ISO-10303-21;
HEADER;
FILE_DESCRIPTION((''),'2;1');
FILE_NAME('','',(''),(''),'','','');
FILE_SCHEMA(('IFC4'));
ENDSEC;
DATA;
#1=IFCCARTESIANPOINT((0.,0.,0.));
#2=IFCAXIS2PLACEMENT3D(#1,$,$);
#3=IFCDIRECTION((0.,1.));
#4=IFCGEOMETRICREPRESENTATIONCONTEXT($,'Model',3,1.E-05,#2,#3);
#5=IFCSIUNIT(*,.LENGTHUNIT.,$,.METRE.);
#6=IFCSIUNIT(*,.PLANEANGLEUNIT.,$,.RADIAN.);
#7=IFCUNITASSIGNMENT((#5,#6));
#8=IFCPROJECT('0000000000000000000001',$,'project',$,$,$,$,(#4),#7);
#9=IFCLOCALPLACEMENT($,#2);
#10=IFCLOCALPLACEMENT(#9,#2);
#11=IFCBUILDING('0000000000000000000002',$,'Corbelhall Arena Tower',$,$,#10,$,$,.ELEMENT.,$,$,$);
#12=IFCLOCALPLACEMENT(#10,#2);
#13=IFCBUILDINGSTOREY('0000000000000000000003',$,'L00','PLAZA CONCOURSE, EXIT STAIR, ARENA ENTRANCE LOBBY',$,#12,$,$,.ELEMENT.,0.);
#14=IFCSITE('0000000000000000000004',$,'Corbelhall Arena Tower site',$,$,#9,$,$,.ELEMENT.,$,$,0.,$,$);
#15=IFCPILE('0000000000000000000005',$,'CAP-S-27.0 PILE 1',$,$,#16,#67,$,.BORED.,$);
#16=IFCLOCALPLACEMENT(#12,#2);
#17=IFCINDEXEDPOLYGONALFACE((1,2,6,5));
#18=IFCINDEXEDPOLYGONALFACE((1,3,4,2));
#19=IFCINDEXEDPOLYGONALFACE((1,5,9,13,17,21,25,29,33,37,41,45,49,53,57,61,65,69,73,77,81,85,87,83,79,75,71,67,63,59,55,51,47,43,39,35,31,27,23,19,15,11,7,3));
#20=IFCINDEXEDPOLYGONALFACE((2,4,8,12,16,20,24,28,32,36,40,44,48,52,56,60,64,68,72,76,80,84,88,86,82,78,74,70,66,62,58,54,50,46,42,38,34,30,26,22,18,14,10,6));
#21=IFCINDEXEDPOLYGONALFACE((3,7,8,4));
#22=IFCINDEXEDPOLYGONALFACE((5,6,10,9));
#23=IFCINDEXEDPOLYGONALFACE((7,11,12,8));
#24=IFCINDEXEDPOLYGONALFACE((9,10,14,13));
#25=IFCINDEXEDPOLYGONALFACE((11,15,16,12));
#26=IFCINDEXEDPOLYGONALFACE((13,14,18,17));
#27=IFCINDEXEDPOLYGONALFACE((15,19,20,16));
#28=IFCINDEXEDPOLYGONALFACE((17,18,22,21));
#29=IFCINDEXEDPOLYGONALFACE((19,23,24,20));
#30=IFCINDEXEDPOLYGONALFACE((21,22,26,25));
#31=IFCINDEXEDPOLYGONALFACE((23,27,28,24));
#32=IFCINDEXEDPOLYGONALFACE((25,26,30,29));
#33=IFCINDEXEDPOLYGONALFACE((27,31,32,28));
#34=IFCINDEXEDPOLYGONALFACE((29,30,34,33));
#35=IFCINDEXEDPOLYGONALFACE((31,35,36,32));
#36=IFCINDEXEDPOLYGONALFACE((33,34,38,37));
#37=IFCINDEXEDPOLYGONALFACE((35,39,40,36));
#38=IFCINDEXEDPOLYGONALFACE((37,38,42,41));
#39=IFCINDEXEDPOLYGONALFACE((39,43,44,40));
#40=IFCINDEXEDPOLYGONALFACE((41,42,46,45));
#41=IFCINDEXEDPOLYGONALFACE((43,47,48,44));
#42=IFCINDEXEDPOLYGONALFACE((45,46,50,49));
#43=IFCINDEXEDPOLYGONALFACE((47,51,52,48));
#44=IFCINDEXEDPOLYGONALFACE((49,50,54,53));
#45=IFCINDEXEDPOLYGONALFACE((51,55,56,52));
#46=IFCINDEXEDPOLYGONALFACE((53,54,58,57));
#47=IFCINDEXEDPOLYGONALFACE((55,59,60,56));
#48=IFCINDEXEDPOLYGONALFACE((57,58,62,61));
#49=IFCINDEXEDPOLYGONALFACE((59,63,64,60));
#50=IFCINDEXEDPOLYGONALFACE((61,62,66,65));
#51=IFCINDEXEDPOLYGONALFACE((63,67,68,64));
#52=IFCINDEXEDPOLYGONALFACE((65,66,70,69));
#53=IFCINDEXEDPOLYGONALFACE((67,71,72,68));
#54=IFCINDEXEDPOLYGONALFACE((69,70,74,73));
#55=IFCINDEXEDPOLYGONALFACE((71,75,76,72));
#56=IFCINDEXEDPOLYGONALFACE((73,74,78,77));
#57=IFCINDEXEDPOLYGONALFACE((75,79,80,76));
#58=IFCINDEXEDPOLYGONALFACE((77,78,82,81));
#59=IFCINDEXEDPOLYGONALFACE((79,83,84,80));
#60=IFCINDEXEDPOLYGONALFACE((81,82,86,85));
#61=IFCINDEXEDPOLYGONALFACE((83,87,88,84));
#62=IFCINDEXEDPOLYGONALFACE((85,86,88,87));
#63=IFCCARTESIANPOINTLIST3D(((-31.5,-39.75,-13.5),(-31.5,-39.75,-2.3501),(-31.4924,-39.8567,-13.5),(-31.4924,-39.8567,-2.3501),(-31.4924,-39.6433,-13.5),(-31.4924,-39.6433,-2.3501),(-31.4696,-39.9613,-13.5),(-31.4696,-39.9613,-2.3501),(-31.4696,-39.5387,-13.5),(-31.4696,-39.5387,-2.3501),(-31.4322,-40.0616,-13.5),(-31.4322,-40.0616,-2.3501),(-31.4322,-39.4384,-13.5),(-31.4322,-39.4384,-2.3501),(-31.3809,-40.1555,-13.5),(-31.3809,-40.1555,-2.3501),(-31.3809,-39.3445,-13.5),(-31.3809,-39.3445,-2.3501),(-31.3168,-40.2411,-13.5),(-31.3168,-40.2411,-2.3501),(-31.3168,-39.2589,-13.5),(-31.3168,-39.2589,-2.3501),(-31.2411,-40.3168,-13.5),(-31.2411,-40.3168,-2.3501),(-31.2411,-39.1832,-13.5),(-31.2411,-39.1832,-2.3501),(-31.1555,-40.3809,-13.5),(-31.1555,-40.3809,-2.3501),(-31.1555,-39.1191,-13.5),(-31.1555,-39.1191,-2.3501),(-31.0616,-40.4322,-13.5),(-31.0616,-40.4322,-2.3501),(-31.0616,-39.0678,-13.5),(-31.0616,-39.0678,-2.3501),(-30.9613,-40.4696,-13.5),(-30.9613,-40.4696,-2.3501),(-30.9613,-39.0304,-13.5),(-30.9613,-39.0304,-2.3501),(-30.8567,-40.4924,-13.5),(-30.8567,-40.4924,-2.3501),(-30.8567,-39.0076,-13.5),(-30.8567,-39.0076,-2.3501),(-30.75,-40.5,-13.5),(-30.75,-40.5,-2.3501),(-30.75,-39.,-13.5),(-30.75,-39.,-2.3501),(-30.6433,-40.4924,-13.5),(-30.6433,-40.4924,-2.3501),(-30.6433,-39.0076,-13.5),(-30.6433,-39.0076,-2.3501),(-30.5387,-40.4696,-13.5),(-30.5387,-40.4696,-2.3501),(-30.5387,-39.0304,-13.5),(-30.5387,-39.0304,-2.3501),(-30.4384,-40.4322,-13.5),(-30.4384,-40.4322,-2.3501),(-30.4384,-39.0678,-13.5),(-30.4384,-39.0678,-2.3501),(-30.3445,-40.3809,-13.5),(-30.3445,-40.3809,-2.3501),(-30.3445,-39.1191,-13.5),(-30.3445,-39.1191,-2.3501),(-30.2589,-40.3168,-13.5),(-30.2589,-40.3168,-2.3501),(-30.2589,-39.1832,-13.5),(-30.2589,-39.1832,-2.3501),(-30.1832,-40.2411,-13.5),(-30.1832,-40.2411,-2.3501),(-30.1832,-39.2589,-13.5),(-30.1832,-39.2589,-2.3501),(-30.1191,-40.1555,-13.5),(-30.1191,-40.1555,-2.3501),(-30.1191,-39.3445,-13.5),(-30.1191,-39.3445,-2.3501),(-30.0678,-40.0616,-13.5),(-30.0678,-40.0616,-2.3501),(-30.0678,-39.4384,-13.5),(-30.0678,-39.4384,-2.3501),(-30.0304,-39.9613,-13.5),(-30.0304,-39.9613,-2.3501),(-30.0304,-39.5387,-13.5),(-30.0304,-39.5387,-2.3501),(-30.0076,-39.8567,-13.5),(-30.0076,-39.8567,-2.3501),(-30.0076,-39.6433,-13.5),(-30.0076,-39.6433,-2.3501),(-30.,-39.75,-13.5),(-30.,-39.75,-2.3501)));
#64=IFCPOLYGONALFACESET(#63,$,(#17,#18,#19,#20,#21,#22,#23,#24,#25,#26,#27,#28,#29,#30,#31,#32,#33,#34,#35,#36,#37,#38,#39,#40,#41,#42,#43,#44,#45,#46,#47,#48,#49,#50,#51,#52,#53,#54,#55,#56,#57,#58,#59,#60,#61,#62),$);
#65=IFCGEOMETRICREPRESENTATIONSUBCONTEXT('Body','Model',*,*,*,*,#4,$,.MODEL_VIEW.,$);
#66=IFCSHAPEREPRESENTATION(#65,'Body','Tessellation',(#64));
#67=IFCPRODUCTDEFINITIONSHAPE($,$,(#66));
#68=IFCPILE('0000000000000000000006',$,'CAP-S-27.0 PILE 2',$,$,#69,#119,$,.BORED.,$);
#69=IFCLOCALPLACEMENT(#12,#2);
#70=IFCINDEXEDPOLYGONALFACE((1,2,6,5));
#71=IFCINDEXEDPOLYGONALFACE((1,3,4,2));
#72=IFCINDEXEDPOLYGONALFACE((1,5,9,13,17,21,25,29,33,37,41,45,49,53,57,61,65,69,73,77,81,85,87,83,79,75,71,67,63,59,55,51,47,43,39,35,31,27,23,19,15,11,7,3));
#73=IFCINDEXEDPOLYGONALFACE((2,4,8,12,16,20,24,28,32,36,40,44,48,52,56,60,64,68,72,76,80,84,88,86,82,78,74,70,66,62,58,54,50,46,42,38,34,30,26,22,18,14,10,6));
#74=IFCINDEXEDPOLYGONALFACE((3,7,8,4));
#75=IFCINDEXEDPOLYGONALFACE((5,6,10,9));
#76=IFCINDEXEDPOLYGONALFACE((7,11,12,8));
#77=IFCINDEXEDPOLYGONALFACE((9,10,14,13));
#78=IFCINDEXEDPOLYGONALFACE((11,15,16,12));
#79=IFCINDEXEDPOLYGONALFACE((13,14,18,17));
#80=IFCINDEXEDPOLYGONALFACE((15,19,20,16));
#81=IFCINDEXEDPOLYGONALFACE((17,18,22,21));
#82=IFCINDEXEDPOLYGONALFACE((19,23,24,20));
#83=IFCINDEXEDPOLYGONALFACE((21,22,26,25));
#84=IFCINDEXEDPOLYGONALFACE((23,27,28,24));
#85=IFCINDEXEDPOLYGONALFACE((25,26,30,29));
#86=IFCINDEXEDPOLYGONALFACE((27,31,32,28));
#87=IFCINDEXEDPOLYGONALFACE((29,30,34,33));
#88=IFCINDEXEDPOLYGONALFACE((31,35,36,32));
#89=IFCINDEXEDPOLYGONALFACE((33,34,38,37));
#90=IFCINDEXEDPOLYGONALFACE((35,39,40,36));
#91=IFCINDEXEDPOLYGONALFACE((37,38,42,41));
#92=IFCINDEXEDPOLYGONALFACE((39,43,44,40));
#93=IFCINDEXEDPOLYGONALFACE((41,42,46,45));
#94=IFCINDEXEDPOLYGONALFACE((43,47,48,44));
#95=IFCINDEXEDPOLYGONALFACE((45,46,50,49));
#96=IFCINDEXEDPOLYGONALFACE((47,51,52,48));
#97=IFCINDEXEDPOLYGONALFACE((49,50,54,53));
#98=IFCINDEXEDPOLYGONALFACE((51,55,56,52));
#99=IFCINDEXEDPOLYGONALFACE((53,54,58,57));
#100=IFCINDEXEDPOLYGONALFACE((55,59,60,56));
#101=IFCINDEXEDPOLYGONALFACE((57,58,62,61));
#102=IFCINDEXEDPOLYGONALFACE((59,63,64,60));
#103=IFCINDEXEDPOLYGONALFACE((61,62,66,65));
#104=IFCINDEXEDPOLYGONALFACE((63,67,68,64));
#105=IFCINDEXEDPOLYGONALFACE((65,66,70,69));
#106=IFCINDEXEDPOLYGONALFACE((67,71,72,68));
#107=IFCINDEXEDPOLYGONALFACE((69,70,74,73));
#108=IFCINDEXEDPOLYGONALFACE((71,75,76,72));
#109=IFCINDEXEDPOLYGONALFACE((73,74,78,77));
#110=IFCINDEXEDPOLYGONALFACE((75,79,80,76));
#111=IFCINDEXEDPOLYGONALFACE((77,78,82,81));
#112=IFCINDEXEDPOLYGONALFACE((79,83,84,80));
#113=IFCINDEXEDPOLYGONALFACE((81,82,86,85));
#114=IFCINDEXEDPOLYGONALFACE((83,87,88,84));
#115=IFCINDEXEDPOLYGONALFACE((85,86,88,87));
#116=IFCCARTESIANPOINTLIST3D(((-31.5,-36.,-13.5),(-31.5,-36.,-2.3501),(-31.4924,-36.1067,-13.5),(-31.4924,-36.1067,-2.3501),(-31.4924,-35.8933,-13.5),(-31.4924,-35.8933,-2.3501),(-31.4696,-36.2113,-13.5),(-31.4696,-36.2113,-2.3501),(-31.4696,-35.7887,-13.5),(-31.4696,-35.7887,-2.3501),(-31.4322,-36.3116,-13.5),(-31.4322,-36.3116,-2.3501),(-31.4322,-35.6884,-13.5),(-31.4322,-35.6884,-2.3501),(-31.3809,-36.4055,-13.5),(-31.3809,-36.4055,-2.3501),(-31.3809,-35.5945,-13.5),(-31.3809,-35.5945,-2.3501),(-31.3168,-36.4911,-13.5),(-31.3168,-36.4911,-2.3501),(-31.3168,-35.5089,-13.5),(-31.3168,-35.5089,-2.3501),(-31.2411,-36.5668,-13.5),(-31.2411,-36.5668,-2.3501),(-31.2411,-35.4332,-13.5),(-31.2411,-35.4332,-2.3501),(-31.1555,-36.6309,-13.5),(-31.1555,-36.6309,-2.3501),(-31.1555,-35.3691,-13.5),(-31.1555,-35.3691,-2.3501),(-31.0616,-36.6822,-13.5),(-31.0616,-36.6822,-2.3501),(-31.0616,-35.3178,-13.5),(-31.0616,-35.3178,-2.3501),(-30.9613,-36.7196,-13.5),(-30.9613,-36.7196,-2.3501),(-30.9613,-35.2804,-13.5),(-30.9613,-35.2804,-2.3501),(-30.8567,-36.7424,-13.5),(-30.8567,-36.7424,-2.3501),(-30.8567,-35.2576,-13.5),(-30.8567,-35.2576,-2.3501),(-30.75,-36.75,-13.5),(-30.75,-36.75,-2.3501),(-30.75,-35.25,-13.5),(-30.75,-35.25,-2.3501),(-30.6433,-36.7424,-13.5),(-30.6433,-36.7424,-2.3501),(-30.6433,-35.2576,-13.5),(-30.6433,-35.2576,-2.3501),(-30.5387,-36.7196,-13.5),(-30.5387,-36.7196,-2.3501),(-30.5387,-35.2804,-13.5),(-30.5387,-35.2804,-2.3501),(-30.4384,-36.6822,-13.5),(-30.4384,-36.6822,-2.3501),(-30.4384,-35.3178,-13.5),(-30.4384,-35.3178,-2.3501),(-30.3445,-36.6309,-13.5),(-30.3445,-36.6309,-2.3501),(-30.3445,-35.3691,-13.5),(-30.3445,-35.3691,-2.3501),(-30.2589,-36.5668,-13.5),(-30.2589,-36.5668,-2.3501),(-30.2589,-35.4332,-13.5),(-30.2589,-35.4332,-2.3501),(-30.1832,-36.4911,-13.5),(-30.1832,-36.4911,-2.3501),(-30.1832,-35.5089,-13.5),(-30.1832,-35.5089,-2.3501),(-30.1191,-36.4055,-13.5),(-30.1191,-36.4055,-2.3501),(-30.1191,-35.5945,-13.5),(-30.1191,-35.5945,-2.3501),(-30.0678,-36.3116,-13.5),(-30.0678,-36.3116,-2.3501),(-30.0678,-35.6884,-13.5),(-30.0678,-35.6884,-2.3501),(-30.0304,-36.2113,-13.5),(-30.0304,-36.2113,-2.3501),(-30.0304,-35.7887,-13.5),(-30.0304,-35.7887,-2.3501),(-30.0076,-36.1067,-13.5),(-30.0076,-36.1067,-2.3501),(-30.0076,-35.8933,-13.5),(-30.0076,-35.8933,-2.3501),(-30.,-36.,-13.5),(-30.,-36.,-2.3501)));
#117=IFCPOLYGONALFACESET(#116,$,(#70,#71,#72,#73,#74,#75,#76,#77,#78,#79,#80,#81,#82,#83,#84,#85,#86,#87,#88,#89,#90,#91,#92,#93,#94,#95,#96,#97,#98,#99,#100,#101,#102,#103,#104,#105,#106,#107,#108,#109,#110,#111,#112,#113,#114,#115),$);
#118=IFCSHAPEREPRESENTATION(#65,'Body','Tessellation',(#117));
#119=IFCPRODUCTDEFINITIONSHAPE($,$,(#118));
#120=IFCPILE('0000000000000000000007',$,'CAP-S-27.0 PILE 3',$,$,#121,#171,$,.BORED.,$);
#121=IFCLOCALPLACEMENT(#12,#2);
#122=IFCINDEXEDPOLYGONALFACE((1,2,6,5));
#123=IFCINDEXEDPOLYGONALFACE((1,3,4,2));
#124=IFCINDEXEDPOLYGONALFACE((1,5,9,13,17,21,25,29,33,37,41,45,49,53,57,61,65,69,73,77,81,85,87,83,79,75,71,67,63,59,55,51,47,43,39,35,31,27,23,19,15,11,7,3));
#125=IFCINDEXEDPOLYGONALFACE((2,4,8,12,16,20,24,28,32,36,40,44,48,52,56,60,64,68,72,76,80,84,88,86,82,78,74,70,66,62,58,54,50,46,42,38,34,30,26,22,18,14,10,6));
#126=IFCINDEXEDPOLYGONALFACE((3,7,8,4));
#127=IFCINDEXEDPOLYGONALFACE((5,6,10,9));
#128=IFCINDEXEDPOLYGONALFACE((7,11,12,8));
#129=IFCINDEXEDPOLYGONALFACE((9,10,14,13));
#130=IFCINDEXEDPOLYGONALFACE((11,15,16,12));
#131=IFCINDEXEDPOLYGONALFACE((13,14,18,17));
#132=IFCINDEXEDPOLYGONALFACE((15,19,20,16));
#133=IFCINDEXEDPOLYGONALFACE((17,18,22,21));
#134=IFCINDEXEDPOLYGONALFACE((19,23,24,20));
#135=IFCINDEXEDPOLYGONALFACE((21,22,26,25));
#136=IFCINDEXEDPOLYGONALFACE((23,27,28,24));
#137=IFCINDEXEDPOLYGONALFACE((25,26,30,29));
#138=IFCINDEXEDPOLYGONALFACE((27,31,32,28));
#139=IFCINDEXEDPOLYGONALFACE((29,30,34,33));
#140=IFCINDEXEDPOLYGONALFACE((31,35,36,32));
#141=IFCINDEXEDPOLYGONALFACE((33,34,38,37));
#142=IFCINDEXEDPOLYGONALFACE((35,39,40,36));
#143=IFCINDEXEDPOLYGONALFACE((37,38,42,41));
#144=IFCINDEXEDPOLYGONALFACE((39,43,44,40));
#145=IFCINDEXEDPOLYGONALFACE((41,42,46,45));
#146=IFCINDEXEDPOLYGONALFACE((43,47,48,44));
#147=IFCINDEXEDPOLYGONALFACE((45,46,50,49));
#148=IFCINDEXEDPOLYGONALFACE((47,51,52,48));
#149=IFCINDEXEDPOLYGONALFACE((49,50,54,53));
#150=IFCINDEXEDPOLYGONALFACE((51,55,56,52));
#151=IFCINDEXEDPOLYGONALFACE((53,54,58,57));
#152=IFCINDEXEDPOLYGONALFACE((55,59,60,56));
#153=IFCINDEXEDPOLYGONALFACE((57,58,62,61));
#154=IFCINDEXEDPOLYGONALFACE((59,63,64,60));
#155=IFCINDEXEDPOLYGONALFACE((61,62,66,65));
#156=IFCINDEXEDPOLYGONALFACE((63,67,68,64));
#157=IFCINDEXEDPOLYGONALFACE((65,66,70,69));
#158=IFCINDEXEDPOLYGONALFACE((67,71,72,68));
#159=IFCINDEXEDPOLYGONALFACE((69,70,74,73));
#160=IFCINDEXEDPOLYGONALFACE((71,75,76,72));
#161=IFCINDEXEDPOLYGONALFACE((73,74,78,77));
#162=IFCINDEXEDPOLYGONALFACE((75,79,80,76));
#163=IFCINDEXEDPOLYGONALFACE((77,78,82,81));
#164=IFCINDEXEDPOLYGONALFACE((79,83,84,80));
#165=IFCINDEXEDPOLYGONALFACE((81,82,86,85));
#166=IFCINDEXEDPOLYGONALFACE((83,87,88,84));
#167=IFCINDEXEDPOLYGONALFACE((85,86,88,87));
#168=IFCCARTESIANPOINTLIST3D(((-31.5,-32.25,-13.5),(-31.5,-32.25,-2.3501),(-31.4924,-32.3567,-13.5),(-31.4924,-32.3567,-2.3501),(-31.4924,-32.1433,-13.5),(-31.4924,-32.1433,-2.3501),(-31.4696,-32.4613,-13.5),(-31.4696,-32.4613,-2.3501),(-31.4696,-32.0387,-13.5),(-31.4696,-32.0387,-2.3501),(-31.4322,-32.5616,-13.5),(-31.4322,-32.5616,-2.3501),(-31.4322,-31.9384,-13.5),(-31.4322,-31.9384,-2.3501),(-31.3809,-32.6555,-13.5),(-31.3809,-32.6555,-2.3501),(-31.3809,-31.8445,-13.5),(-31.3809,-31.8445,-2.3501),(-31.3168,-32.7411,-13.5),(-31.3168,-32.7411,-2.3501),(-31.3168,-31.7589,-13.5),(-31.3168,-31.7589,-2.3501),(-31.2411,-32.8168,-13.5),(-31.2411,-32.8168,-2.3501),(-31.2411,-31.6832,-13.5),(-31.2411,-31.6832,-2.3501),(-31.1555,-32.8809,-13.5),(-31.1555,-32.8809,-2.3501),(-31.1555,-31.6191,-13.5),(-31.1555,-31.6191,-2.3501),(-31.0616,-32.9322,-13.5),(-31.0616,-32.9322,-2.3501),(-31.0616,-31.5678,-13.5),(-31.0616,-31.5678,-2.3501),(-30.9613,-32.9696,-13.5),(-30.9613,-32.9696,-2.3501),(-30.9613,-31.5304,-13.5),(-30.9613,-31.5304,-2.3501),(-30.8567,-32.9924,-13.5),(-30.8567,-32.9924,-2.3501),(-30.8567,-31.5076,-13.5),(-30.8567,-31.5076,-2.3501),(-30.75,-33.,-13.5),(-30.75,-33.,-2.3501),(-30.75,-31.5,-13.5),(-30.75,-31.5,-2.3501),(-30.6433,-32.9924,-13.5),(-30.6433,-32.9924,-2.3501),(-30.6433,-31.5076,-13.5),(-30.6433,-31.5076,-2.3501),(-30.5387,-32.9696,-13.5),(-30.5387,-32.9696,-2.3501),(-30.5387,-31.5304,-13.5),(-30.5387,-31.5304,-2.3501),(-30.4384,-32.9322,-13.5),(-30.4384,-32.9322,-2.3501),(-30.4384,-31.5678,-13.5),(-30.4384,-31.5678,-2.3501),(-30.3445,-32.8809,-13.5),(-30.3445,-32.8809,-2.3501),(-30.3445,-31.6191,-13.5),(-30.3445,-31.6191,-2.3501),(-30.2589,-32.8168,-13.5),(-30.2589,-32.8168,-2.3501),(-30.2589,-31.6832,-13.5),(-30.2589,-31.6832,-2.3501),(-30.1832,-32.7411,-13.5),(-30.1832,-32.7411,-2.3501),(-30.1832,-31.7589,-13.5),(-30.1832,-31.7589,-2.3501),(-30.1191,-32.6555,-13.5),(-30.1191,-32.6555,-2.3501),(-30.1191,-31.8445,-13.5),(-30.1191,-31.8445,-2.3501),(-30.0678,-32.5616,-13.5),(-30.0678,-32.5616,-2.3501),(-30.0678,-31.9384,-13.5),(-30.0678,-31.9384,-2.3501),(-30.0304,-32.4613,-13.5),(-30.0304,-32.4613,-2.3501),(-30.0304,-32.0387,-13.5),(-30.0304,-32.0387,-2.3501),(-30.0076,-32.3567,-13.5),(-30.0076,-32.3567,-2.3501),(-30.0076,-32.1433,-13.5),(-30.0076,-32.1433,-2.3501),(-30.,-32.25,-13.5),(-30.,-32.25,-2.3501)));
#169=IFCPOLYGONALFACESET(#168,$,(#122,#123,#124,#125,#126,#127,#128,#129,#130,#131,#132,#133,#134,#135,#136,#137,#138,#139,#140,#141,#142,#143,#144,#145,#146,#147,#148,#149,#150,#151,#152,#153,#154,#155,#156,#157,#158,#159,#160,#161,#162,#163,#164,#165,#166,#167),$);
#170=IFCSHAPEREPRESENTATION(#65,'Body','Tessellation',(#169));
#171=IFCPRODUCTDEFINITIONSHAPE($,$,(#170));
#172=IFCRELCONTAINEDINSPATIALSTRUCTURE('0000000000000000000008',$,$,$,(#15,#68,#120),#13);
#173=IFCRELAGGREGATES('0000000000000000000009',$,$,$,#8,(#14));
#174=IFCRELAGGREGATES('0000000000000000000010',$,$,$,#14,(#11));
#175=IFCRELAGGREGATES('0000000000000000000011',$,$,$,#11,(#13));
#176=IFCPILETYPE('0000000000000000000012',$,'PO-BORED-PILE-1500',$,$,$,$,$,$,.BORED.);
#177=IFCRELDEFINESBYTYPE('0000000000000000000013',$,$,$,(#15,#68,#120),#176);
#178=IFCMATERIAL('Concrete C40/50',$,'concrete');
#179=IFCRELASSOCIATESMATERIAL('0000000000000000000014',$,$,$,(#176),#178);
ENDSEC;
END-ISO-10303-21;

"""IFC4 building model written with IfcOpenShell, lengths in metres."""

from ifc_helpers import new_model, si_unit, direction, frame, origin, origin_2d, place, context, subcontext, project, spatial, circle, extrude, material, material_profile, profile_set, type_object, element, save


model = new_model("IFC4")

# Units and contexts
model_context = context("Model", 3, precision=1e-05, world=origin(), true_north=direction((0.0, 1.0)))
body_context = subcontext(model_context, "Body", "Model", "MODEL_VIEW")
ifc_project = project(units=[si_unit("LENGTHUNIT", "METRE"), si_unit("PLANEANGLEUNIT", "RADIAN")], contexts=[model_context])

# Site, building, storey
site_placement = place(None, origin())
site = spatial("IfcSite", under=ifc_project, at=site_placement, Name="Corbelhall Arena Tower site", CompositionType="ELEMENT", RefElevation=0.0)
building_placement = place(site_placement, origin())
building = spatial("IfcBuilding", under=site, at=building_placement, Name="Corbelhall Arena Tower", CompositionType="ELEMENT")
storey_placement = place(building_placement, origin())
storey = spatial("IfcBuildingStorey", under=building, at=storey_placement, Name="L00", Description="PLAZA CONCOURSE, EXIT STAIR, ARENA ENTRANCE LOBBY", CompositionType="ELEMENT", Elevation=0.0)

# Piles
ifc_material_1 = material(Name="Concrete C40/50", Category="concrete")
ifc_material_profile_1 = material_profile(ifc_material_1, circle(Radius=0.75, at=origin_2d()))
ifc_profile_set_1 = profile_set([ifc_material_profile_1], Name="Concrete C40/50")
pile_type = type_object("IfcPileType", Name="PO-BORED-PILE-1500", PredefinedType="BORED", material=ifc_profile_set_1)
for number, where, z_axis, x_axis, name in (
    (1, (-30.75, -39.75, -2.3501), (0.0, 0.0, -1.0), (1.0, 0.0, 0.0), "CAP-S-27.0 PILE 1"),
    (2, (-30.75, -36.0, -2.3501), (0.0, 0.0, -1.0), (1.0, 0.0, 0.0), "CAP-S-27.0 PILE 2"),
    (3, (-30.75, -32.25, -2.3501), (0.0, 0.0, -1.0), (1.0, 0.0, 0.0), "CAP-S-27.0 PILE 3"),
):
    element("IfcPile", number, at=place(storey_placement, frame(where, z_axis=z_axis, x_axis=x_axis)), inside=storey, type_object=pile_type, Name=name, PredefinedType="BORED", context=body_context, shape_type="SweptSolid", body=[
        extrude(circle(Radius=0.75, at=origin_2d()), origin(), (0.0, 0.0, 1.0), 11.1499),
    ])

save(model, "model.ifc")
